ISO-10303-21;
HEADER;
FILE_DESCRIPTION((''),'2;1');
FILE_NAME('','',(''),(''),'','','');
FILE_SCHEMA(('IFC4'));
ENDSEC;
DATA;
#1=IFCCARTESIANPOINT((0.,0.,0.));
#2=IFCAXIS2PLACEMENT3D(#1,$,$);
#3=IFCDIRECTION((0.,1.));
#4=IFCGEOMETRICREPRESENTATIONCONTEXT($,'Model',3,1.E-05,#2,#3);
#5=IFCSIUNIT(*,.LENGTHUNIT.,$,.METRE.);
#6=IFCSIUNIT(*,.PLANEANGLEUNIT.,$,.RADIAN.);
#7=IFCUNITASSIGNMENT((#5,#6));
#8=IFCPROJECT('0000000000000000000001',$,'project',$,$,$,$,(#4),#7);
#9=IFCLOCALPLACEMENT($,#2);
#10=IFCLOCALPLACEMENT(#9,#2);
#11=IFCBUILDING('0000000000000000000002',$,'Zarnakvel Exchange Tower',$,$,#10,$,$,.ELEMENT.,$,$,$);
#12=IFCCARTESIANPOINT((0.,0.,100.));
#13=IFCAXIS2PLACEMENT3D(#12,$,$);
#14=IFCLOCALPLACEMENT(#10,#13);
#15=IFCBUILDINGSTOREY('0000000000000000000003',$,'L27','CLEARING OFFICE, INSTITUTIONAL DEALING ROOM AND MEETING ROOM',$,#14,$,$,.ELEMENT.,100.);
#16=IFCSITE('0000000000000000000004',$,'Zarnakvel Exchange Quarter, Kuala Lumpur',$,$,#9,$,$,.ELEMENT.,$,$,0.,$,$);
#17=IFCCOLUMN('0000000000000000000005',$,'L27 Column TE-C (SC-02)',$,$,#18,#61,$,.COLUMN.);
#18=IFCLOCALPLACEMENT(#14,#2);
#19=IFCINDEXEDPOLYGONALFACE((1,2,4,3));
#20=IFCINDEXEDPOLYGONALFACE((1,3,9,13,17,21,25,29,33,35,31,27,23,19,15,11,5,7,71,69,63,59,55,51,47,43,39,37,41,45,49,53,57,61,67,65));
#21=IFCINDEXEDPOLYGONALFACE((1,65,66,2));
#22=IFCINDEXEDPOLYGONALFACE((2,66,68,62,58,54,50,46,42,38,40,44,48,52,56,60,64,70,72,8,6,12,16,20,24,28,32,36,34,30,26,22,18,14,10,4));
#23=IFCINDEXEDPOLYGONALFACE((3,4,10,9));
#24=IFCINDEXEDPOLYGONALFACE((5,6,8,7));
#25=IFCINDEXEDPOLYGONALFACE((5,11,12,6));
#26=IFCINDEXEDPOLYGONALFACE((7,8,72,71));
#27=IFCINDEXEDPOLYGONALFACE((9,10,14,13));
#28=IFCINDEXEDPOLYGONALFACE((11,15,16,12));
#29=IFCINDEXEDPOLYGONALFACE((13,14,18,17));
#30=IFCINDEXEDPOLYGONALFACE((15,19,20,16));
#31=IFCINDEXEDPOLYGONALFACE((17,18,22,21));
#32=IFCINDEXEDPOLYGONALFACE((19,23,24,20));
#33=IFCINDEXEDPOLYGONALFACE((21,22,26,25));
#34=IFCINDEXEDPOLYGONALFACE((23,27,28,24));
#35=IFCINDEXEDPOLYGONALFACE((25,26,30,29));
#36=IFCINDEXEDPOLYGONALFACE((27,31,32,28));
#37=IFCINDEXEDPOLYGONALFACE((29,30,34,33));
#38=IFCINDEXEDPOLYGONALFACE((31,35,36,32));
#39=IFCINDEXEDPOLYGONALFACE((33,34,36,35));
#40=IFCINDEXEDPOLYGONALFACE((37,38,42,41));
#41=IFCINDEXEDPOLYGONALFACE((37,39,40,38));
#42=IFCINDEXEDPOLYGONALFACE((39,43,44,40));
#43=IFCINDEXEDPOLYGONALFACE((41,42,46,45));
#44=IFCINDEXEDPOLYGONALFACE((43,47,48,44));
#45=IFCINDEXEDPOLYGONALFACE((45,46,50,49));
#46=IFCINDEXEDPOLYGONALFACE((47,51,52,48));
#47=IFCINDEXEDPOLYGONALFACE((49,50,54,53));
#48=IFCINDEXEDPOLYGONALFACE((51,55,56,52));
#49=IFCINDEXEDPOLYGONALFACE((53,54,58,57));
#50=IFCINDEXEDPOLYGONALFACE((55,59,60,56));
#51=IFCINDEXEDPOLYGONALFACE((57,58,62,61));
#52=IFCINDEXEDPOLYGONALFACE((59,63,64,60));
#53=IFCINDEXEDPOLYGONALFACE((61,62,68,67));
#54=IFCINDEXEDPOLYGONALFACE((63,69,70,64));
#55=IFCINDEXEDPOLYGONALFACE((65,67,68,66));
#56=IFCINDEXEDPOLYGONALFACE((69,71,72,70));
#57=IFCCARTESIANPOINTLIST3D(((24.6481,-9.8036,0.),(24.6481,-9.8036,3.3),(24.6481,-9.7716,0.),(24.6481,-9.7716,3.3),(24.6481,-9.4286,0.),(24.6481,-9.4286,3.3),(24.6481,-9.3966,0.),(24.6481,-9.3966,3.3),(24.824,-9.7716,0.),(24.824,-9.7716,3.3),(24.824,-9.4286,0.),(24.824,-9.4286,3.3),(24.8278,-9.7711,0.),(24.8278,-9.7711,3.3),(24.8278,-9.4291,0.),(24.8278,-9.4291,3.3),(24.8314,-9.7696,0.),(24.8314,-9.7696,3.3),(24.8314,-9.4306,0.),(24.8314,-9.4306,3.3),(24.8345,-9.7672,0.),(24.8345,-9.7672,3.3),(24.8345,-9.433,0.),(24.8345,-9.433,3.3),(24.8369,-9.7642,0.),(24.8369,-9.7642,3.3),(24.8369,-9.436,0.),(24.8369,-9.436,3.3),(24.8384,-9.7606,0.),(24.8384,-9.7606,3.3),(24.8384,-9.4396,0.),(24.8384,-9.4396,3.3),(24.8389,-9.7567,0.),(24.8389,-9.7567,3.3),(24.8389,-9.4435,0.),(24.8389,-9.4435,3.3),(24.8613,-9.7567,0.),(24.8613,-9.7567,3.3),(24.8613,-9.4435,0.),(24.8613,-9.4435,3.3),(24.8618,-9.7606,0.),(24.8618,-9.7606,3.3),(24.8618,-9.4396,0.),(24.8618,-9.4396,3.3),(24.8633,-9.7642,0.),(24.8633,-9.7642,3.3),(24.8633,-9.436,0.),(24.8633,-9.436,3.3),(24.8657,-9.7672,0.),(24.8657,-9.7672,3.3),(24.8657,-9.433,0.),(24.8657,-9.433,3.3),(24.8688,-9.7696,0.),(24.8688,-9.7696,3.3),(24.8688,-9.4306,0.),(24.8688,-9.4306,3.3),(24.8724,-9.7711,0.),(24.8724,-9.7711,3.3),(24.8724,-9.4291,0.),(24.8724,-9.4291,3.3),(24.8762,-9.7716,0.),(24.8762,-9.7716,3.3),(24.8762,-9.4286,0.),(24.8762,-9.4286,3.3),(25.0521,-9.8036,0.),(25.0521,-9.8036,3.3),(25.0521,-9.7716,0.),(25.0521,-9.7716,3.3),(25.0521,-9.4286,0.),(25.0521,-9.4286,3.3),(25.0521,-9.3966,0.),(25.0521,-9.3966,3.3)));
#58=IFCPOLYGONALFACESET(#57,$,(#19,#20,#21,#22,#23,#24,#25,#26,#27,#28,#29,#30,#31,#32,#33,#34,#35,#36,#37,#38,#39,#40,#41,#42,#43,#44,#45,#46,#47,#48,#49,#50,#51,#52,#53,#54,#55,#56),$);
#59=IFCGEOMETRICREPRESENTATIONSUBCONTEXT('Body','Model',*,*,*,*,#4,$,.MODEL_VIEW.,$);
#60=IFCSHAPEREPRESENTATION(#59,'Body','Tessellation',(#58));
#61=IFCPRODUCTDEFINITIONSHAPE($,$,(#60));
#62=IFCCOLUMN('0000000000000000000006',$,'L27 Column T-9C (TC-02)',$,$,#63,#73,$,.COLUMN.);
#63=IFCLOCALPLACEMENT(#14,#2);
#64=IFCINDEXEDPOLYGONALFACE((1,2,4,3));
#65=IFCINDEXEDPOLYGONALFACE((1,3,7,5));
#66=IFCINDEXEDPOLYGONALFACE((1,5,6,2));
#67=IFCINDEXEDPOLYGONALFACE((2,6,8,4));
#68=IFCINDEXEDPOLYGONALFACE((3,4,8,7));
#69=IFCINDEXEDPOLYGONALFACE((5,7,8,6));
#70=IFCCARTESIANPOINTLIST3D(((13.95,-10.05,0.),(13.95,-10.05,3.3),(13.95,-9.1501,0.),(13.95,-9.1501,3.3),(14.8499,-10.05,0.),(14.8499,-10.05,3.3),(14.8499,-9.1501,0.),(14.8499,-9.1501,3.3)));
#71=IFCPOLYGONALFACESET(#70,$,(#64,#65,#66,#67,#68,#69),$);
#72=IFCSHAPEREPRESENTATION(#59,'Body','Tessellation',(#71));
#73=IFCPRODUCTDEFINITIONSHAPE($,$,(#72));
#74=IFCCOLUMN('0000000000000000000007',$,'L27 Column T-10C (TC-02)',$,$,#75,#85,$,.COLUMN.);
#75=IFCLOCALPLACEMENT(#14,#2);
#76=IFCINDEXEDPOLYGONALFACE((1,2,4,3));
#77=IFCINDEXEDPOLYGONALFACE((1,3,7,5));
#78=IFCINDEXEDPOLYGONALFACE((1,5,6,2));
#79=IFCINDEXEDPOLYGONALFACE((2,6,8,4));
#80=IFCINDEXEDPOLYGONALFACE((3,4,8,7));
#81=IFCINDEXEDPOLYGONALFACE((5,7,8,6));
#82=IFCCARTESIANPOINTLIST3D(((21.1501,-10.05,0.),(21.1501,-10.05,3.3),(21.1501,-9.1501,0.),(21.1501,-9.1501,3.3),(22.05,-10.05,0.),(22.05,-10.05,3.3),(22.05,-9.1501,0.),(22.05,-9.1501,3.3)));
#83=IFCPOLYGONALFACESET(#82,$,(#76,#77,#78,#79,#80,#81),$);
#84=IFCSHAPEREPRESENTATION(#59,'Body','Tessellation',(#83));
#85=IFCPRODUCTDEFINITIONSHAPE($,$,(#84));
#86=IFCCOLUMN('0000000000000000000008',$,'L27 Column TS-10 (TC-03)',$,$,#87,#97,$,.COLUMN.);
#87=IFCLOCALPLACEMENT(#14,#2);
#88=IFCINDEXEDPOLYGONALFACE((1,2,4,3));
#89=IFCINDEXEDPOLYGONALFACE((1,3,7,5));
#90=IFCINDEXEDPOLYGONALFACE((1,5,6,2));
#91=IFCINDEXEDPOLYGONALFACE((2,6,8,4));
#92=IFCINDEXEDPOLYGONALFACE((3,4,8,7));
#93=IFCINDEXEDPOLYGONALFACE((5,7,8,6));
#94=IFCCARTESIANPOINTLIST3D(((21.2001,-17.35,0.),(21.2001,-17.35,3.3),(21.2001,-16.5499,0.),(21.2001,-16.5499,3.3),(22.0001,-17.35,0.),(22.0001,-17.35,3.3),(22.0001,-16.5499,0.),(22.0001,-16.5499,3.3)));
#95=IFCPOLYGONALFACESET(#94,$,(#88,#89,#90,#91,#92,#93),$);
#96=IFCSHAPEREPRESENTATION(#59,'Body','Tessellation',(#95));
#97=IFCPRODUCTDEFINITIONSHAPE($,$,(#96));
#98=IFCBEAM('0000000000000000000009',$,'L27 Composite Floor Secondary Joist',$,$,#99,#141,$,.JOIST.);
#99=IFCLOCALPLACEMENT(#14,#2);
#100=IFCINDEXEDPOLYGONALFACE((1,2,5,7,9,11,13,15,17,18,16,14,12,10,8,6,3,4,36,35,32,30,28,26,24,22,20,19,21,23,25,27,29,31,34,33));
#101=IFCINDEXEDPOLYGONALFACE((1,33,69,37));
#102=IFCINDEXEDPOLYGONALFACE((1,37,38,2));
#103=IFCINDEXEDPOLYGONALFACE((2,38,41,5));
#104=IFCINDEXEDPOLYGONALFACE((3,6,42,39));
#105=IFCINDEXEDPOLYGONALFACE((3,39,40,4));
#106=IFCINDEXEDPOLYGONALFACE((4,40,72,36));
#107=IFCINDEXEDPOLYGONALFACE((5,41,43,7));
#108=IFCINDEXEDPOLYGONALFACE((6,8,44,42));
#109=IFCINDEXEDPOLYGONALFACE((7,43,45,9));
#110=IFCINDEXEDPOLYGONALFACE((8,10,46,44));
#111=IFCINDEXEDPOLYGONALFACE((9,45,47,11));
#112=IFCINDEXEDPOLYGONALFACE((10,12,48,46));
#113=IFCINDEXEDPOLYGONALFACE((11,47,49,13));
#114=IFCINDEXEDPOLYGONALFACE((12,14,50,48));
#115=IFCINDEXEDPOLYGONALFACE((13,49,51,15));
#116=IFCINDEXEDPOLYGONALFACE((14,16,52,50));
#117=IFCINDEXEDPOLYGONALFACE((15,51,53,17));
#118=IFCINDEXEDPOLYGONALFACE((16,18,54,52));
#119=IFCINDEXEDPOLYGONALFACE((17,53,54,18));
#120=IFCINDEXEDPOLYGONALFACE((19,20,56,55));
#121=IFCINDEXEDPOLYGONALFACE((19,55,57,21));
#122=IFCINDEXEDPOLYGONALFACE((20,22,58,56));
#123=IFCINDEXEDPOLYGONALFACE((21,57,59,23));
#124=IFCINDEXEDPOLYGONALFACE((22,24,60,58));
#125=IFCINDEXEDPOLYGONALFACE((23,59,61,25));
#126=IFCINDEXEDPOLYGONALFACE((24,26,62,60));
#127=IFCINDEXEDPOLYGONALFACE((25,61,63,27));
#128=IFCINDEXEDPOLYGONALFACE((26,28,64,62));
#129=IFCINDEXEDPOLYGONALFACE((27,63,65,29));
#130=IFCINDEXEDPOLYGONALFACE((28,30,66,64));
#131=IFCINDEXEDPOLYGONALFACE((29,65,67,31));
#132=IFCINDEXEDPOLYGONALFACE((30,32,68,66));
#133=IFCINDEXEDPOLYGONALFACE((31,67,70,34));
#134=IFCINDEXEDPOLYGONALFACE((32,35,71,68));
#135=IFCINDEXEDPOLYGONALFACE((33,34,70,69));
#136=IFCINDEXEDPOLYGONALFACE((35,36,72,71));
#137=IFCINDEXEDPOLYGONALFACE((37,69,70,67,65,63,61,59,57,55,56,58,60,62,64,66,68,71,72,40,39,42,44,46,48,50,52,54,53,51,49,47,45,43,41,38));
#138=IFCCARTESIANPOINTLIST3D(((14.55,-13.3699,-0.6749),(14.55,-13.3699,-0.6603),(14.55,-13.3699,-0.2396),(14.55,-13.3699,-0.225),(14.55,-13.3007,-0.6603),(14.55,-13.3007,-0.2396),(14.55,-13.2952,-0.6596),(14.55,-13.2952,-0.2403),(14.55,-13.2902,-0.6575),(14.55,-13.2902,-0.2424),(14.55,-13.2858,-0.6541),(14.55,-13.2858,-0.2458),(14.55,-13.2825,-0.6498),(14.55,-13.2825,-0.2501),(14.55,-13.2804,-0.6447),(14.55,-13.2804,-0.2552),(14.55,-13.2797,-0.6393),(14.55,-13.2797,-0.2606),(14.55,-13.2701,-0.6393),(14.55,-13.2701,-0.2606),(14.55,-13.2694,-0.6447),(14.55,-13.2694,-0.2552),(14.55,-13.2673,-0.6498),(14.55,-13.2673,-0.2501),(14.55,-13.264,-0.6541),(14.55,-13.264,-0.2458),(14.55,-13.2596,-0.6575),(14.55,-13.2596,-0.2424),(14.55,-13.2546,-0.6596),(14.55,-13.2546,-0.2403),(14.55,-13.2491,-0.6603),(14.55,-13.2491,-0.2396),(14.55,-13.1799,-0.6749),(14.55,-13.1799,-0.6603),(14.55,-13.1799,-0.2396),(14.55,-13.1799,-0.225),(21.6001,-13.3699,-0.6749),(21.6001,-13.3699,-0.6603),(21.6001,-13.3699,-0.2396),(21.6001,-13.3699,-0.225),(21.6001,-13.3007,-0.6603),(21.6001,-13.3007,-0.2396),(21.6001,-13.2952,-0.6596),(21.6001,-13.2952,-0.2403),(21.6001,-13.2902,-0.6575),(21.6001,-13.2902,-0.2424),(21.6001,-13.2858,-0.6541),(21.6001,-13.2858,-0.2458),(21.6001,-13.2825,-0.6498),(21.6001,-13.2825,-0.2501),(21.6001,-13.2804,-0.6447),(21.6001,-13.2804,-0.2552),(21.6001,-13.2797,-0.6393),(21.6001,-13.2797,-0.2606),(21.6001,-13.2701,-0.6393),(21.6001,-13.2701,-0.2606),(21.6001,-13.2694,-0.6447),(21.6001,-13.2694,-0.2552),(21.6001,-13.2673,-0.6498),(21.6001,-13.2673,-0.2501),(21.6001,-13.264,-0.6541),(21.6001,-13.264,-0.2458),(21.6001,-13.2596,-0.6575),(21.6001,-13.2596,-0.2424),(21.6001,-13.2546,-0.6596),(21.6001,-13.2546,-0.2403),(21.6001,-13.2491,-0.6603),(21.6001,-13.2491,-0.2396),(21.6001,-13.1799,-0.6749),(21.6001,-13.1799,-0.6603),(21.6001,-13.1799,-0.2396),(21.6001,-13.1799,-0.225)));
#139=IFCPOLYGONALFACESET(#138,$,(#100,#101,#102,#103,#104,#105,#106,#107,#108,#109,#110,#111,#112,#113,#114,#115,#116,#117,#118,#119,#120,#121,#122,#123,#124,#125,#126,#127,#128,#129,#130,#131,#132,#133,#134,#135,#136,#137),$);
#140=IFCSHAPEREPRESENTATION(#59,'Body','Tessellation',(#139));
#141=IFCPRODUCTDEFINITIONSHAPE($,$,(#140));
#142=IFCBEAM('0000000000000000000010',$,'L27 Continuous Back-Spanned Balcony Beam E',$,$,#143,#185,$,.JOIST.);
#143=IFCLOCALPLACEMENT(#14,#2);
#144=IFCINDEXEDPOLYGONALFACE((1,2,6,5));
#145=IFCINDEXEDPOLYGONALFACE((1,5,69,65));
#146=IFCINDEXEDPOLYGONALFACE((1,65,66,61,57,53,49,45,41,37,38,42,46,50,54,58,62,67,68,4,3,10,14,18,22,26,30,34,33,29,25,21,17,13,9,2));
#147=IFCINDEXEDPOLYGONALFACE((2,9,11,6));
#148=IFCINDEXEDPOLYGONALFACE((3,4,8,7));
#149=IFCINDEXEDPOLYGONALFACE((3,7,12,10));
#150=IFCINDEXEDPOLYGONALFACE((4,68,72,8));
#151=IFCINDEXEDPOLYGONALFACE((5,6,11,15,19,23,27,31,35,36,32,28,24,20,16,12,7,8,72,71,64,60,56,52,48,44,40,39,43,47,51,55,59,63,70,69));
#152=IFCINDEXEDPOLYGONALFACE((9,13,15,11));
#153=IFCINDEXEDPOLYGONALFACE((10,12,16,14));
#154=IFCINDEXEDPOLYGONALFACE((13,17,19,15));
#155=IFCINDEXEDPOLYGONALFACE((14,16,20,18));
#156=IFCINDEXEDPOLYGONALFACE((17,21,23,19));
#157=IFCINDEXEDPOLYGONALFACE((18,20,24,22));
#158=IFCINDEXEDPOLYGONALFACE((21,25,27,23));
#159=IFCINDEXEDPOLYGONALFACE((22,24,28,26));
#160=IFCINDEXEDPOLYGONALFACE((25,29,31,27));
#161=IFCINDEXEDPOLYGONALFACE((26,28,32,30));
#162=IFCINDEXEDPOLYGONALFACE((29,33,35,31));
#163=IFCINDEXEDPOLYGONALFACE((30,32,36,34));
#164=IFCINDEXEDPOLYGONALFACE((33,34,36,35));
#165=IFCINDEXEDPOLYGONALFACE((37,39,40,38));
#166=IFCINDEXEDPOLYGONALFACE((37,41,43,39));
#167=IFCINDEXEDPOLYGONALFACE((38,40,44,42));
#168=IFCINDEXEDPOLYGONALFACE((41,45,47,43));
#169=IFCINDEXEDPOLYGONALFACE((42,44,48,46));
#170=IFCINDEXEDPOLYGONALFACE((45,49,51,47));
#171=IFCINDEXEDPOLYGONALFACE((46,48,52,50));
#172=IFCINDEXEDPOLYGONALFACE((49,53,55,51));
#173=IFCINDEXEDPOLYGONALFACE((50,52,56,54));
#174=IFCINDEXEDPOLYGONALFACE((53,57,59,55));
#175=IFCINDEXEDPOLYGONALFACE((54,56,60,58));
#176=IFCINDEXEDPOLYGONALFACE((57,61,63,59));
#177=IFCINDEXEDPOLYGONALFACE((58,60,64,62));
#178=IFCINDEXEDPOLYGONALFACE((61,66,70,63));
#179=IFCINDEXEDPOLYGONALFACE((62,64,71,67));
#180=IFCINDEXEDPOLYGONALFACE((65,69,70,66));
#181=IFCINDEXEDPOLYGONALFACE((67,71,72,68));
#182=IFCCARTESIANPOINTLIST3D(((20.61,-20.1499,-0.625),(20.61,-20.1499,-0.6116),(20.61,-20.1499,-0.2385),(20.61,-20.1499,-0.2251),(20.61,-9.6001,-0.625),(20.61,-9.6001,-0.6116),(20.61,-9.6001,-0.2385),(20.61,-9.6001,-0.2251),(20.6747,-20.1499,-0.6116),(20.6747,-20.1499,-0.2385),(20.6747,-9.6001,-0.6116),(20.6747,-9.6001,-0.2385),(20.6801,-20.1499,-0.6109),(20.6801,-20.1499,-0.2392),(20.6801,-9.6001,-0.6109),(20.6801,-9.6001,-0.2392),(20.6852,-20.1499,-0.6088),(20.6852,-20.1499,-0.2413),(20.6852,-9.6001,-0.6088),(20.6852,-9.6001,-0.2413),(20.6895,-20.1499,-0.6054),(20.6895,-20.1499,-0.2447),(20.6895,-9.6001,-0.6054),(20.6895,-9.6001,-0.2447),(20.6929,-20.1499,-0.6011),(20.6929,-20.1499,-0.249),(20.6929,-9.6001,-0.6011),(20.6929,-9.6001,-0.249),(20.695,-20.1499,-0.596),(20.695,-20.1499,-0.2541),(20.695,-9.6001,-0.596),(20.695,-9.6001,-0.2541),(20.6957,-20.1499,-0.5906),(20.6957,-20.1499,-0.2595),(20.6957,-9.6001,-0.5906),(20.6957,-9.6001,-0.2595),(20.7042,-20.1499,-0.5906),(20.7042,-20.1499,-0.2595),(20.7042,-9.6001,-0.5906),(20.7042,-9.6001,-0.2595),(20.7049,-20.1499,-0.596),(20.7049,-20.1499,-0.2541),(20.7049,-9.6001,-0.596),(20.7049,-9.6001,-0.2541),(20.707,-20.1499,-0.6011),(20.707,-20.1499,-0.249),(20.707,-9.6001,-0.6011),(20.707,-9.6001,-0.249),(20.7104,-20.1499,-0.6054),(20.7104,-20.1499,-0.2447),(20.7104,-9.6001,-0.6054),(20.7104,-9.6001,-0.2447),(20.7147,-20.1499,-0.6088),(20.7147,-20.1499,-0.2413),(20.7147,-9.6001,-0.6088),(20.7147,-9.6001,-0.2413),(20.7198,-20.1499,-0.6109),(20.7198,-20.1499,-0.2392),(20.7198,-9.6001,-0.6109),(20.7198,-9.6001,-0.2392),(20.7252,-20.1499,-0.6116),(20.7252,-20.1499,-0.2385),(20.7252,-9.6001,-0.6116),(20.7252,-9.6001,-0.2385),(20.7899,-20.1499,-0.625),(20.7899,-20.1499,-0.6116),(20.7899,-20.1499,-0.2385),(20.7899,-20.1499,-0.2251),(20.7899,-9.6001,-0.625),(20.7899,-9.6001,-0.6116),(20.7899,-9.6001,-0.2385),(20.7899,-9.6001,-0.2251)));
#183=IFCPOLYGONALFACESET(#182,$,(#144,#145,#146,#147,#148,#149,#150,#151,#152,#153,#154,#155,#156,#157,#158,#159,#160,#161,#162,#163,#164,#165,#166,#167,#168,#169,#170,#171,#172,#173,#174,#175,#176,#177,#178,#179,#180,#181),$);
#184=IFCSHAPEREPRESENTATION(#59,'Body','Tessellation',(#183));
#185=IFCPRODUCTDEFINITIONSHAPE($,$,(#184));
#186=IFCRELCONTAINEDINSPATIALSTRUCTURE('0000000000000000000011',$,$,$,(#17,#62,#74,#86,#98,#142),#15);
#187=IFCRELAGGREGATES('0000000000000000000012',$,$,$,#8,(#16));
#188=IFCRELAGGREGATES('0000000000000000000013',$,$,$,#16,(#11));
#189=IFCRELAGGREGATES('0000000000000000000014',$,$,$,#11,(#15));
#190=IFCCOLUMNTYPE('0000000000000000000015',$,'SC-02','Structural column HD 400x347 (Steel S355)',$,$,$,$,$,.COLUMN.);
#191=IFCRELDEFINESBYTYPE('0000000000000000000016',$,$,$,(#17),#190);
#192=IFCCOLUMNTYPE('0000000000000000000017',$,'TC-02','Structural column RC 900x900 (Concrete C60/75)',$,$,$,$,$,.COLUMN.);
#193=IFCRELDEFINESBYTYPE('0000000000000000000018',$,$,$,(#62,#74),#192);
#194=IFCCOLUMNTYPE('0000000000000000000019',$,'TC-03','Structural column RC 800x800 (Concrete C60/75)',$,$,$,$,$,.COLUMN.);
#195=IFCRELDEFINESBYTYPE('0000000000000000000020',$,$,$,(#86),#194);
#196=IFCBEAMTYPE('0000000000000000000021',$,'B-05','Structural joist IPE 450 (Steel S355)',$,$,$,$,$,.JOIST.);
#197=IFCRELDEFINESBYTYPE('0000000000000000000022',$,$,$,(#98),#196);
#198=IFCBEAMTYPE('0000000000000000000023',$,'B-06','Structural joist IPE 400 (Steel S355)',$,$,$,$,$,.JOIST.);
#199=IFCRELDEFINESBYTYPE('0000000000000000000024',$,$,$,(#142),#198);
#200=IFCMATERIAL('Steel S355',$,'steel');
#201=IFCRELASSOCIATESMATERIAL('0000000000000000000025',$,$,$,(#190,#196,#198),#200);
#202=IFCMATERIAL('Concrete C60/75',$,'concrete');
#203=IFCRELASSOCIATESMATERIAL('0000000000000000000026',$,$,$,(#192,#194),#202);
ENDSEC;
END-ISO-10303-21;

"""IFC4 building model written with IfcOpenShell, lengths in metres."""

from ifc_helpers import new_model, si_unit, direction, frame, origin, origin_2d, place, context, subcontext, project, spatial, rectangle, i_section, extrude, material, material_profile, profile_set, type_object, element, save


model = new_model("IFC4")

# Units and contexts
model_context = context("Model", 3, precision=1e-05, world=origin(), true_north=direction((0.0, 1.0)))
body_context = subcontext(model_context, "Body", "Model", "MODEL_VIEW")
ifc_project = project(units=[si_unit("LENGTHUNIT", "METRE"), si_unit("PLANEANGLEUNIT", "RADIAN")], contexts=[model_context])

# Site, building, storey
site_placement = place(None, origin())
site = spatial("IfcSite", under=ifc_project, at=site_placement, Name="Zarnakvel Exchange Quarter, Kuala Lumpur", CompositionType="ELEMENT", RefElevation=0.0)
building_placement = place(site_placement, origin())
building = spatial("IfcBuilding", under=site, at=building_placement, Name="Zarnakvel Exchange Tower", CompositionType="ELEMENT")
storey_placement = place(building_placement, frame((0.0, 0.0, 100.0)))
storey = spatial("IfcBuildingStorey", under=building, at=storey_placement, Name="L27", Description="CLEARING OFFICE, INSTITUTIONAL DEALING ROOM AND MEETING ROOM", CompositionType="ELEMENT", Elevation=100.0)

# Columns
ifc_material_1 = material(Name="Steel S355", Category="steel")
ifc_material_profile_1 = material_profile(ifc_material_1, i_section(OverallWidth=0.4041, OverallDepth=0.407, WebThickness=0.0225, FlangeThickness=0.032, FilletRadius=0.0149, at=origin_2d()))
ifc_profile_set_1 = profile_set([ifc_material_profile_1], Name="Steel S355")
column_type_1 = type_object("IfcColumnType", Name="SC-02", Description="Structural column HD 400x347 (Steel S355)", PredefinedType="COLUMN", material=ifc_profile_set_1)
column_1_placement = place(storey_placement, frame((24.8501, -9.6001, 0.0), z_axis=(0.0, 0.0, 1.0), x_axis=(1.0, 0.0, 0.0)))
element("IfcColumn", 1, at=column_1_placement, inside=storey, type_object=column_type_1, Name="L27 Column TE-C (SC-02)", PredefinedType="COLUMN", context=body_context, shape_type="SweptSolid", body=[
    extrude(i_section(OverallWidth=0.4041, OverallDepth=0.407, WebThickness=0.0225, FlangeThickness=0.032, FilletRadius=0.0149, at=origin_2d()), origin(), (0.0, 0.0, 1.0), 3.3),
])
ifc_material_2 = material(Name="Concrete C60/75", Category="concrete")
ifc_material_profile_2 = material_profile(ifc_material_2, rectangle(XDim=0.8999, YDim=0.8999, at=origin_2d()))
ifc_profile_set_2 = profile_set([ifc_material_profile_2], Name="Concrete C60/75")
column_type_2 = type_object("IfcColumnType", Name="TC-02", Description="Structural column RC 900x900 (Concrete C60/75)", PredefinedType="COLUMN", material=ifc_profile_set_2)
for number, where, z_axis, x_axis, name in (
    (2, (14.3999, -9.6001, 0.0), (0.0, 0.0, 1.0), (1.0, 0.0, 0.0), "L27 Column T-9C (TC-02)"),
    (3, (21.6001, -9.6001, 0.0), (0.0, 0.0, 1.0), (1.0, 0.0, 0.0), "L27 Column T-10C (TC-02)"),
):
    element("IfcColumn", number, at=place(storey_placement, frame(where, z_axis=z_axis, x_axis=x_axis)), inside=storey, type_object=column_type_2, Name=name, PredefinedType="COLUMN", context=body_context, shape_type="SweptSolid", body=[
        extrude(rectangle(XDim=0.8999, YDim=0.8999, at=origin_2d()), origin(), (0.0, 0.0, 1.0), 3.3),
    ])
ifc_material_profile_3 = material_profile(ifc_material_2, rectangle(XDim=0.8, YDim=0.8, at=origin_2d()))
ifc_profile_set_3 = profile_set([ifc_material_profile_3], Name="Concrete C60/75")
column_type_3 = type_object("IfcColumnType", Name="TC-03", Description="Structural column RC 800x800 (Concrete C60/75)", PredefinedType="COLUMN", material=ifc_profile_set_3)
column_2_placement = place(storey_placement, frame((21.6001, -16.95, 0.0), z_axis=(0.0, 0.0, 1.0), x_axis=(1.0, 0.0, 0.0)))
element("IfcColumn", 4, at=column_2_placement, inside=storey, type_object=column_type_3, Name="L27 Column TS-10 (TC-03)", PredefinedType="COLUMN", context=body_context, shape_type="SweptSolid", body=[
    extrude(rectangle(XDim=0.8, YDim=0.8, at=origin_2d()), origin(), (0.0, 0.0, 1.0), 3.3),
])

# Beams
ifc_material_profile_4 = material_profile(ifc_material_1, i_section(OverallWidth=0.1899, OverallDepth=0.45, WebThickness=0.0095, FlangeThickness=0.0146, FilletRadius=0.021, at=origin_2d()))
ifc_profile_set_4 = profile_set([ifc_material_profile_4], Name="Steel S355")
beam_type_1 = type_object("IfcBeamType", Name="B-05", Description="Structural joist IPE 450 (Steel S355)", PredefinedType="JOIST", material=ifc_profile_set_4)
beam_1_placement = place(storey_placement, frame((14.55, -13.2749, -0.45), z_axis=(1.0, 0.0, 0.0), x_axis=(0.0, 1.0, 0.0)))
element("IfcBeam", 5, at=beam_1_placement, inside=storey, type_object=beam_type_1, Name="L27 Composite Floor Secondary Joist", PredefinedType="JOIST", context=body_context, shape_type="SweptSolid", body=[
    extrude(i_section(OverallWidth=0.1899, OverallDepth=0.45, WebThickness=0.0095, FlangeThickness=0.0146, FilletRadius=0.021, at=origin_2d()), origin(), (0.0, 0.0, 1.0), 7.05),
])
ifc_material_profile_5 = material_profile(ifc_material_1, i_section(OverallWidth=0.1799, OverallDepth=0.3999, WebThickness=0.0085, FlangeThickness=0.0134, FilletRadius=0.021, at=origin_2d()))
ifc_profile_set_5 = profile_set([ifc_material_profile_5], Name="Steel S355")
beam_type_2 = type_object("IfcBeamType", Name="B-06", Description="Structural joist IPE 400 (Steel S355)", PredefinedType="JOIST", material=ifc_profile_set_5)
beam_2_placement = place(storey_placement, frame((20.7, -9.6001, -0.425), z_axis=(0.0, -1.0, 0.0), x_axis=(1.0, 0.0, 0.0)))
element("IfcBeam", 6, at=beam_2_placement, inside=storey, type_object=beam_type_2, Name="L27 Continuous Back-Spanned Balcony Beam E", PredefinedType="JOIST", context=body_context, shape_type="SweptSolid", body=[
    extrude(i_section(OverallWidth=0.1799, OverallDepth=0.3999, WebThickness=0.0085, FlangeThickness=0.0134, FilletRadius=0.021, at=origin_2d()), origin(), (0.0, 0.0, 1.0), 10.5498),
])

save(model, "model.ifc")
